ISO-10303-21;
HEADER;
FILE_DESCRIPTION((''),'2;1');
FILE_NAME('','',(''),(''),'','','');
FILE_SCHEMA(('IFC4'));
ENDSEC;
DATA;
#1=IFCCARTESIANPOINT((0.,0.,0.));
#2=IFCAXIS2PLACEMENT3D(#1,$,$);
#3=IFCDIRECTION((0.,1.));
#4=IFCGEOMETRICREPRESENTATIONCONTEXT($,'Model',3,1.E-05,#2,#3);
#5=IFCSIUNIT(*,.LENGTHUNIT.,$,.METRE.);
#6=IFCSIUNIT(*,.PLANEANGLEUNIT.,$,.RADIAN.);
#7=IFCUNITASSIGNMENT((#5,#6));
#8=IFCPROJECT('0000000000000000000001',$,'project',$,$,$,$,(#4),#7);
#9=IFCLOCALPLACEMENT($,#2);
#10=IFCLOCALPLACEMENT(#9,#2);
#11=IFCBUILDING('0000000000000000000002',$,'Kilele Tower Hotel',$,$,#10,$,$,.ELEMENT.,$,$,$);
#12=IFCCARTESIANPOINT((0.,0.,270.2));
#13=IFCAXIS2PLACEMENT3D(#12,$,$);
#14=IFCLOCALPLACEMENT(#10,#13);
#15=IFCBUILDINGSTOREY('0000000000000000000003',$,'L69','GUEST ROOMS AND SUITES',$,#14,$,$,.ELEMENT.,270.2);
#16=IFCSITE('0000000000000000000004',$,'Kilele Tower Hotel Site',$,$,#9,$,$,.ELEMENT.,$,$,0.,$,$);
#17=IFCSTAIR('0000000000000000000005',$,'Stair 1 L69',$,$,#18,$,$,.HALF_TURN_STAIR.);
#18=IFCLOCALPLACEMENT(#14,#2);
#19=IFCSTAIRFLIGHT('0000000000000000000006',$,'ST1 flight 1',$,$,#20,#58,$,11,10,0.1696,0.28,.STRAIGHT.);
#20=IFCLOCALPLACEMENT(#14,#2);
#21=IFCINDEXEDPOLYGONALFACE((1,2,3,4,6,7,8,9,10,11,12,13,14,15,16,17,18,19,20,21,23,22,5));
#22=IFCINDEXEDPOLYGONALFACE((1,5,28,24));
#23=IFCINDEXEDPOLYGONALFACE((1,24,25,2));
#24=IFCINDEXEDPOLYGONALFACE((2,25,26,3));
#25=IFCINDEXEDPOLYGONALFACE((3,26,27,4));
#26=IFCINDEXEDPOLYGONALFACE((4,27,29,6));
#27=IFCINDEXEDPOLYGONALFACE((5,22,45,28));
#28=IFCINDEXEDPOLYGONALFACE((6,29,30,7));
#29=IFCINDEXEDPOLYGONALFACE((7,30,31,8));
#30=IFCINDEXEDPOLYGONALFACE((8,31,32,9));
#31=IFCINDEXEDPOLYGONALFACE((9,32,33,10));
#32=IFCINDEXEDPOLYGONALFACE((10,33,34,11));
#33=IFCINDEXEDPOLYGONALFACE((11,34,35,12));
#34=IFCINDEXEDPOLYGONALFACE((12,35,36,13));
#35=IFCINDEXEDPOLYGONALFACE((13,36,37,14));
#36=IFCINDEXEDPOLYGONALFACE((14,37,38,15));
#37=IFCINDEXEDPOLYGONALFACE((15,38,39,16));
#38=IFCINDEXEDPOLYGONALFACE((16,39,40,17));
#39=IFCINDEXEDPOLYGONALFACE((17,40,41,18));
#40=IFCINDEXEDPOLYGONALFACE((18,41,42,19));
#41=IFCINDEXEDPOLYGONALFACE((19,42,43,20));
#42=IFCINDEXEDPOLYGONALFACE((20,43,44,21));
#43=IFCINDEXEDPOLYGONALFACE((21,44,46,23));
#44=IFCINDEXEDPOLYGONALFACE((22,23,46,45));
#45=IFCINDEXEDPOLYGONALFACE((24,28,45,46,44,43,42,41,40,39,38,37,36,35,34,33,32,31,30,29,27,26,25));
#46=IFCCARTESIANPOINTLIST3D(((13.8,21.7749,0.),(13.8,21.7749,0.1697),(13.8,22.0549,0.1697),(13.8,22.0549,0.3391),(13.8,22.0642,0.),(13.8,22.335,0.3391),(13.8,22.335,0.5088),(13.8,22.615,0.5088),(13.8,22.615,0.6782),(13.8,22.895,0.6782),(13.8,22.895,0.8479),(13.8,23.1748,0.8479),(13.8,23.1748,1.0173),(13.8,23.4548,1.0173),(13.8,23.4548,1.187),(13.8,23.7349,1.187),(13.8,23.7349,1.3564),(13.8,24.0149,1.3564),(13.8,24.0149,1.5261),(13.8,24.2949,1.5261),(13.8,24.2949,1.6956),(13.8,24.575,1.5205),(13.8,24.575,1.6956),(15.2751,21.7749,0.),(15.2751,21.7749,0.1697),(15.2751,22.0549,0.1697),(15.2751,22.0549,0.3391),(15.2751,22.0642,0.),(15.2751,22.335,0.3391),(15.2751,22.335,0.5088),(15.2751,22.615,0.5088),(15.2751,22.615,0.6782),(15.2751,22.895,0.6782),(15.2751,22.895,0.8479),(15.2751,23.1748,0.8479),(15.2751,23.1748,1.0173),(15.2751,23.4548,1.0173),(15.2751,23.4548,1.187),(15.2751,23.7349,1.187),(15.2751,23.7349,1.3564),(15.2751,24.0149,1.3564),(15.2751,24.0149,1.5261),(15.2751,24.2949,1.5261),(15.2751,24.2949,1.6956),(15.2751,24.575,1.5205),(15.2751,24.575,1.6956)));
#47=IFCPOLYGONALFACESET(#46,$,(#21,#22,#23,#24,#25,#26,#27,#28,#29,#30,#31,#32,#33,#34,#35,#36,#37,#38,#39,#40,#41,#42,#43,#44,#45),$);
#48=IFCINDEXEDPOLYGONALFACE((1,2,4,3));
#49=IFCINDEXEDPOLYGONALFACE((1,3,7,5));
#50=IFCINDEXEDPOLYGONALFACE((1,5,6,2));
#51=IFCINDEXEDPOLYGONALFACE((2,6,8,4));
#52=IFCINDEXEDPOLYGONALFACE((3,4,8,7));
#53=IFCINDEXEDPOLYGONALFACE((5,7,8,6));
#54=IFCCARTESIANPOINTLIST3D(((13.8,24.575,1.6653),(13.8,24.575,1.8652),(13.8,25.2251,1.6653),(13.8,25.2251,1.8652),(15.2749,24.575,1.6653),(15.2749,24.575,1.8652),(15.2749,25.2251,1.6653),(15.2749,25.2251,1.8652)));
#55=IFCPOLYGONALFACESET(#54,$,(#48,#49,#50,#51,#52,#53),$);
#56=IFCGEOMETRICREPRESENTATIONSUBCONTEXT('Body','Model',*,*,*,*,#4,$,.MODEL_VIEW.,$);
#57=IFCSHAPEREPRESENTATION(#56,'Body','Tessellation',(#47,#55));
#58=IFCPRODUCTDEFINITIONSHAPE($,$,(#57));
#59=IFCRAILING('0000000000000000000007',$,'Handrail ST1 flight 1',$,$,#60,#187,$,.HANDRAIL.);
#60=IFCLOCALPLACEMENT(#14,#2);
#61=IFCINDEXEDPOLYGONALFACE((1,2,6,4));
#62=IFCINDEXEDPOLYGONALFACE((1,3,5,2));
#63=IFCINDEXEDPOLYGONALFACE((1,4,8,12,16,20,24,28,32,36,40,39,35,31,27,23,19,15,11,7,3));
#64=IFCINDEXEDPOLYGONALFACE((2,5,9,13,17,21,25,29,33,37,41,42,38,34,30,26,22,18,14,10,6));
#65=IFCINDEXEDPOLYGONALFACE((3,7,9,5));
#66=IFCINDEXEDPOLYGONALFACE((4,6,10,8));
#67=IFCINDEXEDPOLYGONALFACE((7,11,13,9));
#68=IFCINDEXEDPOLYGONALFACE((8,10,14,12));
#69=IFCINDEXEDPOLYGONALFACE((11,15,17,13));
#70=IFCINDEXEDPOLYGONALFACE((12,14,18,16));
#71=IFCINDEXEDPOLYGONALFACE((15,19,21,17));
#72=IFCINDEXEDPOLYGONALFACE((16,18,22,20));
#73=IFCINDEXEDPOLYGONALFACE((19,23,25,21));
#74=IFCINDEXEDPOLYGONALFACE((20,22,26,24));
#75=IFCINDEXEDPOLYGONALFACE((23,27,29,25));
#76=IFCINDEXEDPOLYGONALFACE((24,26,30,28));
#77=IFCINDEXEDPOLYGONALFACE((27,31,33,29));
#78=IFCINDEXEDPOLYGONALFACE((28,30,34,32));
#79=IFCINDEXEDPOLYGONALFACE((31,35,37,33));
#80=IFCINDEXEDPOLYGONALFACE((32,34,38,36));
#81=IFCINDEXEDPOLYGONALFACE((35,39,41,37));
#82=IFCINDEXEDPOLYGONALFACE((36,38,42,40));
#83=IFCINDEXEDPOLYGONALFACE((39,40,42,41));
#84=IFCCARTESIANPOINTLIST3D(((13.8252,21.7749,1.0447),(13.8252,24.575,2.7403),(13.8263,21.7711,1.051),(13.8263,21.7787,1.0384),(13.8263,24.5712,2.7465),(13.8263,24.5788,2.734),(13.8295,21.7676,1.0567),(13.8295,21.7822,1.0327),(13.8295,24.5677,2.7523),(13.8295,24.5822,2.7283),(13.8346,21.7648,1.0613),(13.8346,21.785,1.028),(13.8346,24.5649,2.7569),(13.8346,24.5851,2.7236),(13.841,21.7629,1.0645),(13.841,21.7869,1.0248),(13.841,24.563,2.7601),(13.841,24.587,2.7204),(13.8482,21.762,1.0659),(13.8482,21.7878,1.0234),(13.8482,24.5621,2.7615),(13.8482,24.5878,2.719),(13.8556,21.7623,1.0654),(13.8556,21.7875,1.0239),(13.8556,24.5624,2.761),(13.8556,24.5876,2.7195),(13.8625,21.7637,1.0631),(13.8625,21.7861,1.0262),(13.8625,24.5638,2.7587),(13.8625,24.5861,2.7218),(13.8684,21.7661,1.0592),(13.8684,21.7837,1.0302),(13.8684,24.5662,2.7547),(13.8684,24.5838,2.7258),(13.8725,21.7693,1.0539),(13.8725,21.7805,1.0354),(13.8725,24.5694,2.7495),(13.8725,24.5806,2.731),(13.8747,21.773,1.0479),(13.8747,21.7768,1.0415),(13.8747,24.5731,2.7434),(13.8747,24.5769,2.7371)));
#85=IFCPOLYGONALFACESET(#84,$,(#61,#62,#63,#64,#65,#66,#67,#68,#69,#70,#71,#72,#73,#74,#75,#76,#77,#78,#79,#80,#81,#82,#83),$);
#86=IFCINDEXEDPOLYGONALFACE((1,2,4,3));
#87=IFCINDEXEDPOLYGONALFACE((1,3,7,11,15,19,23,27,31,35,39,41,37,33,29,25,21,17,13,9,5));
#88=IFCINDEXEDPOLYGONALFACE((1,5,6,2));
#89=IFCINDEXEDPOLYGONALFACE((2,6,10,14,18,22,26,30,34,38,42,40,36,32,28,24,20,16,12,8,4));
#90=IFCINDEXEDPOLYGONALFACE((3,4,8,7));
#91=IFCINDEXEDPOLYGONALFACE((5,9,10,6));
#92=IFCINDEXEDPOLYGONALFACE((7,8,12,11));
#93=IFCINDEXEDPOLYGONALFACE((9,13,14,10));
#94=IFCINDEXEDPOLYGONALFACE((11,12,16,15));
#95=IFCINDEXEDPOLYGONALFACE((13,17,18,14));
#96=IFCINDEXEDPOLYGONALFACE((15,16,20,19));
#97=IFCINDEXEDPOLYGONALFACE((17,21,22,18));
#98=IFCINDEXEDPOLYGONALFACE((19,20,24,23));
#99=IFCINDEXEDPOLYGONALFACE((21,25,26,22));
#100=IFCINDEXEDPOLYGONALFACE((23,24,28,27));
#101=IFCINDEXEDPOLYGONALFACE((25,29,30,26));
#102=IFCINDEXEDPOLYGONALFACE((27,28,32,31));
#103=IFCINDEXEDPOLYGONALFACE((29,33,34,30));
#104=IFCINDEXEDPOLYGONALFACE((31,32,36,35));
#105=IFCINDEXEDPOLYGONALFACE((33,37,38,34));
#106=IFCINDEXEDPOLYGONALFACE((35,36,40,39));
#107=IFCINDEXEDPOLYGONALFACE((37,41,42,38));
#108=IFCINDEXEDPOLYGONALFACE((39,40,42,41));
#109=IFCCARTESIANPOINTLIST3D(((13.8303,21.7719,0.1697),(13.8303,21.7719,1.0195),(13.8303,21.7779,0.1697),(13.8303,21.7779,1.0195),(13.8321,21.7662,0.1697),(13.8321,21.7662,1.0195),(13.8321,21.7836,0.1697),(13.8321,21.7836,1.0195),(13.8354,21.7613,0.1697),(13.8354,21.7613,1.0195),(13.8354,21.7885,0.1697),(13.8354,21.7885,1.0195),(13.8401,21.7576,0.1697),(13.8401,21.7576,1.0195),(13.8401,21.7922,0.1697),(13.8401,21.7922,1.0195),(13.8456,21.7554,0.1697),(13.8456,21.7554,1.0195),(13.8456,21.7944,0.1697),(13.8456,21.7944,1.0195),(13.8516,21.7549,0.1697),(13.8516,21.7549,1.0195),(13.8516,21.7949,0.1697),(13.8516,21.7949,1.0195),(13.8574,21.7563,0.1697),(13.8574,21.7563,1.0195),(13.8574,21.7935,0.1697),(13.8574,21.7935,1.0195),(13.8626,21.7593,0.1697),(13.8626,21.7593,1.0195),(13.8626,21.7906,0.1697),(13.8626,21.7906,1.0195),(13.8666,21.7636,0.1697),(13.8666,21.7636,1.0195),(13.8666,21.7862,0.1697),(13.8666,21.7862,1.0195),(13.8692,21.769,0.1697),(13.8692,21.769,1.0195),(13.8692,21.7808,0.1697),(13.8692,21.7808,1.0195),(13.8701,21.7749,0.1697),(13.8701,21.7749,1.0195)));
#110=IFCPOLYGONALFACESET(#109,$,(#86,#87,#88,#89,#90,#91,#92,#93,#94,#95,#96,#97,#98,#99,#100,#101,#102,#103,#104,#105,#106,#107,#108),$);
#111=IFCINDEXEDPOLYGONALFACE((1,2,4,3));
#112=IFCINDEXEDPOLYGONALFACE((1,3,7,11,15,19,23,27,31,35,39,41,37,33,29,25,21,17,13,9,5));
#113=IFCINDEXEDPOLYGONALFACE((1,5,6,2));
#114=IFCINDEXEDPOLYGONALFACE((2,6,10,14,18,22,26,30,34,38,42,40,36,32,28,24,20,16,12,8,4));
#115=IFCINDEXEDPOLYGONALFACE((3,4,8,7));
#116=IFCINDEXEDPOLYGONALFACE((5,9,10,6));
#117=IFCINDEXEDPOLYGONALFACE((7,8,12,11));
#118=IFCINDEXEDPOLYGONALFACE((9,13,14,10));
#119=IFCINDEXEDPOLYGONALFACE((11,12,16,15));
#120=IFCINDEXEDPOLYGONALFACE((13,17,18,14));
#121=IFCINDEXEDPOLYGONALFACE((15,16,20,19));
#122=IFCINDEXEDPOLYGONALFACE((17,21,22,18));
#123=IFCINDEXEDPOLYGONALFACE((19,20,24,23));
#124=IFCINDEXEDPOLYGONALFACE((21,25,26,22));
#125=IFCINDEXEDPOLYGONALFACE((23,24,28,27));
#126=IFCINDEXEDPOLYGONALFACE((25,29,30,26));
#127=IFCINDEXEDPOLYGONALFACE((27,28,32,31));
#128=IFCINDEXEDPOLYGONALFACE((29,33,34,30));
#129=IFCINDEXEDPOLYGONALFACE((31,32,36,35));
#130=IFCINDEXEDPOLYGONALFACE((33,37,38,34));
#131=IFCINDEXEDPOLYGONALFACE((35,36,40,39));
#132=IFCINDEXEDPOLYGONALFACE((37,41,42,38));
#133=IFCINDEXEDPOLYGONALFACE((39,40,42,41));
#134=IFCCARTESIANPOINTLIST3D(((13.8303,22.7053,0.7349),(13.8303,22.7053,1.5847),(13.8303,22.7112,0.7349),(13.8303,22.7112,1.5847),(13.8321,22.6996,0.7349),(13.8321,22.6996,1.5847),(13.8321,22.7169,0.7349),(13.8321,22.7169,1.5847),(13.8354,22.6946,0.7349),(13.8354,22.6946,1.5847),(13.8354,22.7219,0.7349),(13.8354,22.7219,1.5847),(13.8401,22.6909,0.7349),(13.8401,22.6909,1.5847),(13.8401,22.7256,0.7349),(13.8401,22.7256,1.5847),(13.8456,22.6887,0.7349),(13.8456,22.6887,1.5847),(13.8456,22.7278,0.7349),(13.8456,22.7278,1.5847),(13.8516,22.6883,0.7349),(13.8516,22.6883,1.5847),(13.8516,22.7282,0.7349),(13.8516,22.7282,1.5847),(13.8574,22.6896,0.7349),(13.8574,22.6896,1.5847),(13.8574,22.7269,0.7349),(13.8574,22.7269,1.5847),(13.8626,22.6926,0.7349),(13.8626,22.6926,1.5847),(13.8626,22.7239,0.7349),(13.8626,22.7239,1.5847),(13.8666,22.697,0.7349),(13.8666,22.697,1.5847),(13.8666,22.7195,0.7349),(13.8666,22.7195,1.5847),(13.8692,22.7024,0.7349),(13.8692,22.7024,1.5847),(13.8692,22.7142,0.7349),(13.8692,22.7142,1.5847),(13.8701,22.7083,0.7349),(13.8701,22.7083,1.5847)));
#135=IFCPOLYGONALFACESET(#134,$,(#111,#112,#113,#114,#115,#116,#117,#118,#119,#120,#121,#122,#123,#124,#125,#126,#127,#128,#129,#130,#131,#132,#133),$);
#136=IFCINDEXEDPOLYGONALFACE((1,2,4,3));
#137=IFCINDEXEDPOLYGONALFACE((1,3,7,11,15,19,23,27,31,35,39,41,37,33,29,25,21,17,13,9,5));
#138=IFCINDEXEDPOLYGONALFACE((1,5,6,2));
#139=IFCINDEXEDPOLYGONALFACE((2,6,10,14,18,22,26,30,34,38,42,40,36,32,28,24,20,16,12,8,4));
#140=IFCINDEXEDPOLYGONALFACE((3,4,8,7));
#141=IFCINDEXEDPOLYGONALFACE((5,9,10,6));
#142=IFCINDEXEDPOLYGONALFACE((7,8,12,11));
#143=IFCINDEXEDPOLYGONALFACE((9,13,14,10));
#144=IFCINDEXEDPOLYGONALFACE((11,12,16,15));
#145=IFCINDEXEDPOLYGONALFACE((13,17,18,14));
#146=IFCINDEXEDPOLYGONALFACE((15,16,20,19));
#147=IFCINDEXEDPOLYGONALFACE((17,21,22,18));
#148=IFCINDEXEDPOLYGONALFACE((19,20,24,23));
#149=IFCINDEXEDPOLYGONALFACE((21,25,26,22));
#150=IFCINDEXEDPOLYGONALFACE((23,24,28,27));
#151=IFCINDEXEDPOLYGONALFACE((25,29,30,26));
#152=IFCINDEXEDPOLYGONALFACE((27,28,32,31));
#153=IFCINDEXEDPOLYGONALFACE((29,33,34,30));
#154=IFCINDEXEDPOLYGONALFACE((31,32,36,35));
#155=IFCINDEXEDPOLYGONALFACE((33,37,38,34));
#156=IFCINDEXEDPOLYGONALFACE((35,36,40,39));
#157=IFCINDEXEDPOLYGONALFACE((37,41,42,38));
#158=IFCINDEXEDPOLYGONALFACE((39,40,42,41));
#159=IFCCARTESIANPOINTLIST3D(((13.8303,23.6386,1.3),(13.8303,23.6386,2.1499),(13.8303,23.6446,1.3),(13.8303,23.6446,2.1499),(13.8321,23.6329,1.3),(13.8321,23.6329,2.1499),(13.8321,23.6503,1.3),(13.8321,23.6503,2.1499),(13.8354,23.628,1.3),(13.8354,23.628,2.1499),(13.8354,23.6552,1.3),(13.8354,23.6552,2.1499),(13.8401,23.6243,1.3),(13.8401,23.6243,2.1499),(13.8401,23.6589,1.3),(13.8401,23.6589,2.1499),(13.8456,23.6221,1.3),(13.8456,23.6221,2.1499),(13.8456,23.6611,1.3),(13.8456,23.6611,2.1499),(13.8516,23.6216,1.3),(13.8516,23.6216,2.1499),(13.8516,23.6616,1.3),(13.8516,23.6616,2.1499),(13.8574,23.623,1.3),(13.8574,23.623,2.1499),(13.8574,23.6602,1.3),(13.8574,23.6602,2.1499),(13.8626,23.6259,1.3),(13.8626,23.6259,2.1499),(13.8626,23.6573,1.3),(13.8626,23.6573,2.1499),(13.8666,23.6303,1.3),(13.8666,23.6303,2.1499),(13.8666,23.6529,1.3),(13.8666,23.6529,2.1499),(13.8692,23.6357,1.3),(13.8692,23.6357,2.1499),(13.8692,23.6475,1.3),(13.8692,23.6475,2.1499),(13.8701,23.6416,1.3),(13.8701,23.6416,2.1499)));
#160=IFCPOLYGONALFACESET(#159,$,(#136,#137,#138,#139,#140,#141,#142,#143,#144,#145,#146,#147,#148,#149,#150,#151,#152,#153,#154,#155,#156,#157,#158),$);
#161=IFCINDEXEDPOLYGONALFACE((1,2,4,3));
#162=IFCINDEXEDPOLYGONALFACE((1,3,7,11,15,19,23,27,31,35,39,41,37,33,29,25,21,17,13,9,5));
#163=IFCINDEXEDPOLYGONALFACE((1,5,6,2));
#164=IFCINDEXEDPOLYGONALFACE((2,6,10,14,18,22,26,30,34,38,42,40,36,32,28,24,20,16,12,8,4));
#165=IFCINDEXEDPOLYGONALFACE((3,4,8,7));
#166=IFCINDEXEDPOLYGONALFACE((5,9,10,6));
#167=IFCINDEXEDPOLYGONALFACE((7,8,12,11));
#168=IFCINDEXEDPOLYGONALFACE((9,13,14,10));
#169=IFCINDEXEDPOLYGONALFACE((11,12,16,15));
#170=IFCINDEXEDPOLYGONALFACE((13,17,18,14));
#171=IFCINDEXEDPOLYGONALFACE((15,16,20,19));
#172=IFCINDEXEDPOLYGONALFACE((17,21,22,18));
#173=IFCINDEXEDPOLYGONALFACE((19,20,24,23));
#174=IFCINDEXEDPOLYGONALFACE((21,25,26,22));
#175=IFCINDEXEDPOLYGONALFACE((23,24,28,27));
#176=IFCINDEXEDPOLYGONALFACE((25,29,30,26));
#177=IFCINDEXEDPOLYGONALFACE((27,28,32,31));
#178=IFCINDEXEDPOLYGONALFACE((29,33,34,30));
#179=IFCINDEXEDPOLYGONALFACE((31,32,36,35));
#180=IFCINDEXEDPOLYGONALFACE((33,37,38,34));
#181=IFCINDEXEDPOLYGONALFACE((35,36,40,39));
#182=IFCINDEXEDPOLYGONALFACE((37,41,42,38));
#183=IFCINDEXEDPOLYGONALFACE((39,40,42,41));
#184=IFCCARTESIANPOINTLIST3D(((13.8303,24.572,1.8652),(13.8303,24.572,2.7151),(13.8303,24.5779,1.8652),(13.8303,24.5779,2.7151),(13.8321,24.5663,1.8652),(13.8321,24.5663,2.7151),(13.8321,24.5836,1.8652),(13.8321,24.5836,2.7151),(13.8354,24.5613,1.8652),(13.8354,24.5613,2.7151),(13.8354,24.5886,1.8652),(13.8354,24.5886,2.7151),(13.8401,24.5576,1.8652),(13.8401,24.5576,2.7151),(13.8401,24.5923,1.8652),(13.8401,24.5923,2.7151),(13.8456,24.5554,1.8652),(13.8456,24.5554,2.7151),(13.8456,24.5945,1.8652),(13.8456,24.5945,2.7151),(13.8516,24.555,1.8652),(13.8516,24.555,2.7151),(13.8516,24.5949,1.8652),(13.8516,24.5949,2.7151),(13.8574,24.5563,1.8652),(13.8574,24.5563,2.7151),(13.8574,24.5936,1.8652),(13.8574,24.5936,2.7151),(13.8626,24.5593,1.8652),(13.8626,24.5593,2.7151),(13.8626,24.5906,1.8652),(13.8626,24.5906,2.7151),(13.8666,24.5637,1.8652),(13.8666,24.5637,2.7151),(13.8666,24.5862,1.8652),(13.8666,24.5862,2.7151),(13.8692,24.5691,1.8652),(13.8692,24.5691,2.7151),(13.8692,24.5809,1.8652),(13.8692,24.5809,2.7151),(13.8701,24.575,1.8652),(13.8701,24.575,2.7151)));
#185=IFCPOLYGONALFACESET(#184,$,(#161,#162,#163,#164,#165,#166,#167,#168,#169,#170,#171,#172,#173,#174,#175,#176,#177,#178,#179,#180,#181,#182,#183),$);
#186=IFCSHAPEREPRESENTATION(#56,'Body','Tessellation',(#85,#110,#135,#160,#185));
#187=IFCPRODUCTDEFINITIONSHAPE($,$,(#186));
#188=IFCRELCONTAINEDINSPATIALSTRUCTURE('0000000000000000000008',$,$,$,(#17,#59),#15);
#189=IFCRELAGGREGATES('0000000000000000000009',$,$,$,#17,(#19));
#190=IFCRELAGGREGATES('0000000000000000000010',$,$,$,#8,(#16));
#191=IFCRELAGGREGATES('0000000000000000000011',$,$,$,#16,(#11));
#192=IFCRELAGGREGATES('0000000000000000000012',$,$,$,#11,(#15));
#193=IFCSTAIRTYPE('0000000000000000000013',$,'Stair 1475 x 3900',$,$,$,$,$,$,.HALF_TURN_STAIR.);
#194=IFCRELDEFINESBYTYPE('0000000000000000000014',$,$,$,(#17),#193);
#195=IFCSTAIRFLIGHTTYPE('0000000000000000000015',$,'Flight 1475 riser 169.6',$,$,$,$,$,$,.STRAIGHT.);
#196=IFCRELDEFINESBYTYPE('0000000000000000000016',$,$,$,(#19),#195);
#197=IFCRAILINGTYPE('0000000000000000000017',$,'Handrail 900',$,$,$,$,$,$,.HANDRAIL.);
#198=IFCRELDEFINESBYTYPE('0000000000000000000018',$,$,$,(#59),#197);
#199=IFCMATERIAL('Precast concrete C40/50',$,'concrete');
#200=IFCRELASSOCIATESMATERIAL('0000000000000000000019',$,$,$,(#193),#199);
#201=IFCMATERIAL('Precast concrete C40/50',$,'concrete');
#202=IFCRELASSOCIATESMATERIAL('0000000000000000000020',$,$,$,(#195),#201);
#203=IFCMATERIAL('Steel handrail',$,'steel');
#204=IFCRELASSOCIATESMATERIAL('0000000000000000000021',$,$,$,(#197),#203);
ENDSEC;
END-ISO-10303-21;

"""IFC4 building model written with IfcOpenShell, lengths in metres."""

from ifc_helpers import new_model, si_unit, direction, frame, origin, origin_2d, place, context, subcontext, project, spatial, polyline, circle, outline, extrude, material, type_object, element, aggregate, save


model = new_model("IFC4")

# Units and contexts
model_context = context("Model", 3, precision=1e-05, world=origin(), true_north=direction((0.0, 1.0)))
body_context = subcontext(model_context, "Body", "Model", "MODEL_VIEW")
ifc_project = project(units=[si_unit("LENGTHUNIT", "METRE"), si_unit("PLANEANGLEUNIT", "RADIAN")], contexts=[model_context])

# Site, building, storey
site_placement = place(None, origin())
site = spatial("IfcSite", under=ifc_project, at=site_placement, Name="Kilele Tower Hotel Site", CompositionType="ELEMENT", RefElevation=0.0)
building_placement = place(site_placement, origin())
building = spatial("IfcBuilding", under=site, at=building_placement, Name="Kilele Tower Hotel", CompositionType="ELEMENT")
storey_placement = place(building_placement, frame((0.0, 0.0, 270.2)))
storey = spatial("IfcBuildingStorey", under=building, at=storey_placement, Name="L69", Description="GUEST ROOMS AND SUITES", CompositionType="ELEMENT", Elevation=270.2)

# Stair, stair flight
ifc_material_1 = material(Name="Precast concrete C40/50", Category="concrete")
stair_type = type_object("IfcStairType", Name="Stair 1475 x 3900", PredefinedType="HALF_TURN_STAIR", material=ifc_material_1)
stair_placement = place(storey_placement, origin())
stair = element("IfcStair", 1, at=stair_placement, inside=storey, type_object=stair_type, Name="Stair 1 L69", PredefinedType="HALF_TURN_STAIR")
ifc_material_2 = material(Name="Precast concrete C40/50", Category="concrete")
stair_flight_type = type_object("IfcStairFlightType", Name="Flight 1475 riser 169.6", PredefinedType="STRAIGHT", material=ifc_material_2)
stair_flight_placement = place(storey_placement, frame((14.5376, 21.7749, 0.0), z_axis=(0.0, 0.0, 1.0), x_axis=(0.0, 1.0, 0.0)))
stair_flight = element("IfcStairFlight", 2, at=stair_flight_placement, type_object=stair_flight_type, Name="ST1 flight 1", NumberOfRisers=11, NumberOfTreads=10, PredefinedType="STRAIGHT", RiserHeight=0.1696, TreadLength=0.28, context=body_context, shape_type="SweptSolid", body=[
    extrude(outline(polyline([(0.0, 0.0), (0.0, 0.1697), (0.28, 0.1697), (0.28, 0.3391), (0.5601, 0.3391), (0.5601, 0.5088), (0.8401, 0.5088), (0.8401, 0.6782), (1.1201, 0.6782), (1.1201, 0.8479), (1.3999, 0.8479), (1.3999, 1.0173), (1.6799, 1.0173), (1.6799, 1.187), (1.96, 1.187), (1.96, 1.3564), (2.24, 1.3564), (2.24, 1.5261), (2.52, 1.5261), (2.52, 1.6956), (2.8, 1.6956), (2.8, 1.8652), (2.8, 1.5205), (0.2893, 0.0), (0.0, 0.0)])), frame((0.0, 0.7375, 0.0), z_axis=(0.0, -1.0, 0.0), x_axis=(1.0, 0.0, 0.0)), (0.0, 0.0, 1.0), 1.4751),
    extrude(outline(polyline([(2.8, 0.7375), (2.8, -0.7373), (3.4502, -0.7373), (3.4502, 0.7375), (2.8, 0.7375)])), frame((0.0, 0.0, 1.6653)), (0.0, 0.0, 1.0), 0.2),
])
aggregate(stair, [stair_flight])

# Railing
ifc_material_3 = material(Name="Steel handrail", Category="steel")
railing_type_1 = type_object("IfcRailingType", Name="Handrail 900", PredefinedType="HANDRAIL", material=ifc_material_3)
railing_1_placement = place(storey_placement, frame((13.8501, 21.7749, 0.1697)))
element("IfcRailing", 3, at=railing_1_placement, inside=storey, type_object=railing_type_1, Name="Handrail ST1 flight 1", PredefinedType="HANDRAIL", context=body_context, shape_type="SweptSolid", body=[
    extrude(circle(Radius=0.0249, at=origin_2d()), frame((0.0, 0.0, 0.875), z_axis=(0.0, 0.855393, 0.517979), x_axis=(-1.0, 0.0, 0.0)), (0.0, 0.0, 1.0), 3.2734),
    extrude(circle(Radius=0.02, at=origin_2d()), origin(), (0.0, 0.0, 1.0), 0.8499),
    extrude(circle(Radius=0.02, at=origin_2d()), frame((0.0, 0.9333, 0.5652)), (0.0, 0.0, 1.0), 0.8499),
    extrude(circle(Radius=0.02, at=origin_2d()), frame((0.0, 1.8667, 1.1304)), (0.0, 0.0, 1.0), 0.8499),
    extrude(circle(Radius=0.02, at=origin_2d()), frame((0.0, 2.8, 1.6956)), (0.0, 0.0, 1.0), 0.8499),
])

save(model, "model.ifc")
